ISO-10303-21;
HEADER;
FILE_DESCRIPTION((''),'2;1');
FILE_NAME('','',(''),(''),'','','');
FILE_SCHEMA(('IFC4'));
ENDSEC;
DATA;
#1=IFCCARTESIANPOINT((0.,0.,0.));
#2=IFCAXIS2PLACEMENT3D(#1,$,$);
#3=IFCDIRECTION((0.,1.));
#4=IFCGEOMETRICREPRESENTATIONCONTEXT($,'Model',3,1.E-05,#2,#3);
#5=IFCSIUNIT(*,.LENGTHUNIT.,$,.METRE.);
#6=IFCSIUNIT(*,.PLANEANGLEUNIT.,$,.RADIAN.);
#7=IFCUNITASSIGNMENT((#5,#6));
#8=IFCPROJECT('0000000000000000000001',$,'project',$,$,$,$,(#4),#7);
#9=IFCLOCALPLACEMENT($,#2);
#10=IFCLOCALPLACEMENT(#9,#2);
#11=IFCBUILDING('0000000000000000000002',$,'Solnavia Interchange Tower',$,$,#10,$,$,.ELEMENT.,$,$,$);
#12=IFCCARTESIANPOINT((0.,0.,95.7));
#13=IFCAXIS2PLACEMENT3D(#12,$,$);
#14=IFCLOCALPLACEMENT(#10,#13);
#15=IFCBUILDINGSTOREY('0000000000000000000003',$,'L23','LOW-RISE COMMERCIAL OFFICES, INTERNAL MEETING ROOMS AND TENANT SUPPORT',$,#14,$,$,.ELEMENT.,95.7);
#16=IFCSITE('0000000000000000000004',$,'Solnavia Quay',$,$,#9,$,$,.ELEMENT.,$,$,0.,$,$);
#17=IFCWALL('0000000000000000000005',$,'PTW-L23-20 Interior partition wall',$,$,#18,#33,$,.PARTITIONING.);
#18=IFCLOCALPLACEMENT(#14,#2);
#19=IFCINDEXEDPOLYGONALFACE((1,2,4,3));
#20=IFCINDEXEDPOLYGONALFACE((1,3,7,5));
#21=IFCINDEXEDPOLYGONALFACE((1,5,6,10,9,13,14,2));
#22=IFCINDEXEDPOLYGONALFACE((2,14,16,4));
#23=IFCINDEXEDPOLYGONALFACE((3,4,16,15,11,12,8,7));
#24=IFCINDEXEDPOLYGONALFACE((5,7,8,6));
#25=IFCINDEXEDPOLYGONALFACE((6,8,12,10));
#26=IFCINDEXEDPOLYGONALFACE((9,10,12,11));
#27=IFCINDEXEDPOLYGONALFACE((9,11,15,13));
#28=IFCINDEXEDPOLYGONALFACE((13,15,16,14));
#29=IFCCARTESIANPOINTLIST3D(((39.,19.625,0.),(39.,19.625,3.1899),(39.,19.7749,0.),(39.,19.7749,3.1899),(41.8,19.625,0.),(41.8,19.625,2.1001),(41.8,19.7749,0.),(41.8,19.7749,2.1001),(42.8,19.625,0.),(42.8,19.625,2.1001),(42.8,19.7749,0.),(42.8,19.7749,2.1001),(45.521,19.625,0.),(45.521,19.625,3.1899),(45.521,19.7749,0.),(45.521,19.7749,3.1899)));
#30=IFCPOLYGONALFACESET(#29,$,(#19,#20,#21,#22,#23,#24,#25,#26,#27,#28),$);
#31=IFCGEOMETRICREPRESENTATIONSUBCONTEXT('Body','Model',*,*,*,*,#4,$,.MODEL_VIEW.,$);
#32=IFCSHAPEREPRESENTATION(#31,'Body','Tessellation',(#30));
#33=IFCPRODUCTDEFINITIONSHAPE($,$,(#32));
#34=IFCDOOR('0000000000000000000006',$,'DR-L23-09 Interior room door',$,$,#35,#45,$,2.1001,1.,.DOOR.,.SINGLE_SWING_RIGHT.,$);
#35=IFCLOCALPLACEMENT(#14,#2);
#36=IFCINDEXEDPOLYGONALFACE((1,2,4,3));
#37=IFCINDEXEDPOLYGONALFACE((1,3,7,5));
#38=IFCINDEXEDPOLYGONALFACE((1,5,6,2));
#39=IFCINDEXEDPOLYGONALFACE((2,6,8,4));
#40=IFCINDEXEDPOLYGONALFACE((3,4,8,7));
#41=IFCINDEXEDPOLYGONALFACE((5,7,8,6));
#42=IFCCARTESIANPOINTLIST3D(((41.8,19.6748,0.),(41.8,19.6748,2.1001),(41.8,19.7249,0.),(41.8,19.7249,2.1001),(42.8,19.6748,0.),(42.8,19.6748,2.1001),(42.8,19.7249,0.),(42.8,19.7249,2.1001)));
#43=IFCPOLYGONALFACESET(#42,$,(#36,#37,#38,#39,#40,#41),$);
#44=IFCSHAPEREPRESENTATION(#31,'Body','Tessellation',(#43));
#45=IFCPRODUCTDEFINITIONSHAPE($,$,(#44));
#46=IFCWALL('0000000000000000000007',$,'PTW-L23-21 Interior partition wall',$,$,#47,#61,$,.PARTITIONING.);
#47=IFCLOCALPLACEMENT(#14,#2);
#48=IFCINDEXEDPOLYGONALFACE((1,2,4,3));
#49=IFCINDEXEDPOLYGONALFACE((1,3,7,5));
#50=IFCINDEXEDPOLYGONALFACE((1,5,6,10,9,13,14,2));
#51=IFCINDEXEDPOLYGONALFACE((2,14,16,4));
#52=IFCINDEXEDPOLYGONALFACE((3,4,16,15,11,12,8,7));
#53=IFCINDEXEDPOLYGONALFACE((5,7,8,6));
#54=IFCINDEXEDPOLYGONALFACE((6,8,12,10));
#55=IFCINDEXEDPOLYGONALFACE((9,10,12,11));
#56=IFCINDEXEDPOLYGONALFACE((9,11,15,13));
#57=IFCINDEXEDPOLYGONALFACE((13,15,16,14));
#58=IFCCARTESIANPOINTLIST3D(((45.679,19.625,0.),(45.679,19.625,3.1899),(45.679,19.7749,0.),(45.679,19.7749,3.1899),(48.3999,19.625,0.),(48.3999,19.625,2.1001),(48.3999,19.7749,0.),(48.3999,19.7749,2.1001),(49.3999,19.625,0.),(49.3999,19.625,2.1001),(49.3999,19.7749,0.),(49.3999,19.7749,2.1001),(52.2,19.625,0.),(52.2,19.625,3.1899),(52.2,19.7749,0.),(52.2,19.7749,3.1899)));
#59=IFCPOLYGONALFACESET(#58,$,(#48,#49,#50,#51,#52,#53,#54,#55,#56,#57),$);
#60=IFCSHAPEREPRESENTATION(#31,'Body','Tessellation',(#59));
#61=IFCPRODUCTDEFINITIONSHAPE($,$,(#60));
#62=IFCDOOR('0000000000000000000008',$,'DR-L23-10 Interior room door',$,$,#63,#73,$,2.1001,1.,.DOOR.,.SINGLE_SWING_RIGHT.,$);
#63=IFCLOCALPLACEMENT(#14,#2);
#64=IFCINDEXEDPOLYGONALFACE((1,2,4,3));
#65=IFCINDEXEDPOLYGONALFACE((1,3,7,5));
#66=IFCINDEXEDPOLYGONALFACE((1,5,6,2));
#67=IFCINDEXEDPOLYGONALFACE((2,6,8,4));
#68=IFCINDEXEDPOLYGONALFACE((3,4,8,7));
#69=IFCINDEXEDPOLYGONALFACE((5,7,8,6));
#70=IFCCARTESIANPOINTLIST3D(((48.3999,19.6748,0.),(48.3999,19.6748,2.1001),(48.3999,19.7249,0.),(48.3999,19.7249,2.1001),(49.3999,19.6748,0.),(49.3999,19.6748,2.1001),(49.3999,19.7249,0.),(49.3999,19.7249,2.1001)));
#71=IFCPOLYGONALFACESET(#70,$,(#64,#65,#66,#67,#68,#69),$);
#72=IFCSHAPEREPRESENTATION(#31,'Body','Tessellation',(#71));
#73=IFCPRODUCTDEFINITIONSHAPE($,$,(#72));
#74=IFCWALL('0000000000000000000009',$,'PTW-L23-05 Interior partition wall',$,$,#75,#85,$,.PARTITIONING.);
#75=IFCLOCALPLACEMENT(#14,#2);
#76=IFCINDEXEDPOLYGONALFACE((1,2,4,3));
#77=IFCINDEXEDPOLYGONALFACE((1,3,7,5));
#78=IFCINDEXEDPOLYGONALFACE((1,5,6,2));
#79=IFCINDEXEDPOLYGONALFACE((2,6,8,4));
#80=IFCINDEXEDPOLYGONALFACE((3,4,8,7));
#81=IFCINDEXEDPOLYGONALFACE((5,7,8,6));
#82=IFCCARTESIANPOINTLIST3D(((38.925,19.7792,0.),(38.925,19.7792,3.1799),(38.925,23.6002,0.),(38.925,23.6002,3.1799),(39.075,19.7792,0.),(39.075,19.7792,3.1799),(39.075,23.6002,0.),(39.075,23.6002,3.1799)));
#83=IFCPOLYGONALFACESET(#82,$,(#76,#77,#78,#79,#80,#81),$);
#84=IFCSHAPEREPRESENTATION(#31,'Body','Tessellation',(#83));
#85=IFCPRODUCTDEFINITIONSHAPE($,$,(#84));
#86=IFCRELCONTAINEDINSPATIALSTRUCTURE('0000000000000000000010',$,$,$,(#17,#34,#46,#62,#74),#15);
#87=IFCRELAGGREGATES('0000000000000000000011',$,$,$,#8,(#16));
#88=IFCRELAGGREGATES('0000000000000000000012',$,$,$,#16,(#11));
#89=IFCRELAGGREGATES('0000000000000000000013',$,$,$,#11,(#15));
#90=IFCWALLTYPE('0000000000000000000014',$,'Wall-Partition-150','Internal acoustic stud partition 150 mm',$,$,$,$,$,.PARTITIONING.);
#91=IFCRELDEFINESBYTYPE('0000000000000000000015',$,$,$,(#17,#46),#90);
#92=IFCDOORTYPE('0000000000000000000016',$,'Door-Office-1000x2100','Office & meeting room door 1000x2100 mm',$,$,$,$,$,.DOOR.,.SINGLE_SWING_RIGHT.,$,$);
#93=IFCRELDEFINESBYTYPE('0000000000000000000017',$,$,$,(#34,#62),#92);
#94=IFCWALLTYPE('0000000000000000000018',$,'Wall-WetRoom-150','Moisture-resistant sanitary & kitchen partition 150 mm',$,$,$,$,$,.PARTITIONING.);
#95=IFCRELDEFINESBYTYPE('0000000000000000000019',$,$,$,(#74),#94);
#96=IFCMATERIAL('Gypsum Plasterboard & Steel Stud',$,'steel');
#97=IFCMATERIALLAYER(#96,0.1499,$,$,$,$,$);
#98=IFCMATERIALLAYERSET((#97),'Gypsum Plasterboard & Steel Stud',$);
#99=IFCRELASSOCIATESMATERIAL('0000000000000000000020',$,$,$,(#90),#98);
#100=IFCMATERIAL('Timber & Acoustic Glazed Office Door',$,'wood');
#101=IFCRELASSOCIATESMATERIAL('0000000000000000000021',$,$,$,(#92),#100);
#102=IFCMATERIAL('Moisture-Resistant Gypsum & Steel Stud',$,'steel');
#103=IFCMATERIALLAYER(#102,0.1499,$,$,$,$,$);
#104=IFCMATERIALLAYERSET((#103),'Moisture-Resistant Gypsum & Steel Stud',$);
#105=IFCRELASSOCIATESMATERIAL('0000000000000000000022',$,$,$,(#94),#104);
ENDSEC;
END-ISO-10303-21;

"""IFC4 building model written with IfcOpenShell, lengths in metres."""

from ifc_helpers import new_model, si_unit, direction, frame, frame_2d, origin, place, context, subcontext, project, spatial, rectangle, extrude, material, layer, layer_set, type_object, element, fill, save


model = new_model("IFC4")

# Units and contexts
model_context = context("Model", 3, precision=1e-05, world=origin(), true_north=direction((0.0, 1.0)))
body_context = subcontext(model_context, "Body", "Model", "MODEL_VIEW")
ifc_project = project(units=[si_unit("LENGTHUNIT", "METRE"), si_unit("PLANEANGLEUNIT", "RADIAN")], contexts=[model_context])

# Site, building, storey
site_placement = place(None, origin())
site = spatial("IfcSite", under=ifc_project, at=site_placement, Name="Solnavia Quay", CompositionType="ELEMENT", RefElevation=0.0)
building_placement = place(site_placement, origin())
building = spatial("IfcBuilding", under=site, at=building_placement, Name="Solnavia Interchange Tower", CompositionType="ELEMENT")
storey_placement = place(building_placement, frame((0.0, 0.0, 95.7)))
storey = spatial("IfcBuildingStorey", under=building, at=storey_placement, Name="L23", Description="LOW-RISE COMMERCIAL OFFICES, INTERNAL MEETING ROOMS AND TENANT SUPPORT", CompositionType="ELEMENT", Elevation=95.7)

# Shared definitions
ifc_material_1 = material(Name="Gypsum Plasterboard & Steel Stud", Category="steel")
ifc_layer_1 = layer(ifc_material_1, 0.1499)
ifc_layer_set_1 = layer_set([ifc_layer_1], Name="Gypsum Plasterboard & Steel Stud")
wall_type_1 = type_object("IfcWallType", Name="Wall-Partition-150", Description="Internal acoustic stud partition 150 mm", PredefinedType="PARTITIONING", material=ifc_layer_set_1)
ifc_material_2 = material(Name="Timber & Acoustic Glazed Office Door", Category="wood")
door_type = type_object("IfcDoorType", Name="Door-Office-1000x2100", Description="Office & meeting room door 1000x2100 mm", OperationType="SINGLE_SWING_RIGHT", PredefinedType="DOOR", material=ifc_material_2)

# Walls, openings, doors
wall_1_placement = place(storey_placement, frame((39.0, 19.7, 0.0), z_axis=(0.0, 0.0, 1.0), x_axis=(1.0, 0.0, 0.0)))
wall_1 = element("IfcWall", 1, at=wall_1_placement, inside=storey, type_object=wall_type_1, Name="PTW-L23-20 Interior partition wall", PredefinedType="PARTITIONING", context=body_context, shape_type="SweptSolid", body=[
    extrude(rectangle(XDim=6.521, YDim=0.1499, at=frame_2d((3.2605, 0.0))), origin(), (0.0, 0.0, 1.0), 3.1899),
])
opening_1_placement = place(wall_1_placement, frame((2.8, 0.0, 0.0)))
opening_1 = element("IfcOpeningElement", 2, at=opening_1_placement, cuts=wall_1, PredefinedType="OPENING", context=body_context, shape_type="SweptSolid", body=[
    extrude(rectangle(XDim=1.0, YDim=2.1001, at=frame_2d((0.5, 1.05))), frame((0.0, 0.085, 0.0), z_axis=(0.0, -1.0, 0.0), x_axis=(1.0, 0.0, 0.0)), (0.0, 0.0, 1.0), 0.1699),
])
door_1_placement = place(opening_1_placement, origin())
door_1 = element("IfcDoor", 3, at=door_1_placement, inside=storey, type_object=door_type, Name="DR-L23-09 Interior room door", OperationType="SINGLE_SWING_RIGHT", OverallHeight=2.1001, OverallWidth=1.0, PredefinedType="DOOR", context=body_context, shape_type="SweptSolid", body=[
    extrude(rectangle(XDim=1.0, YDim=2.1001, at=frame_2d((0.5, 1.05))), frame((0.0, 0.0249, 0.0), z_axis=(0.0, -1.0, 0.0), x_axis=(1.0, 0.0, 0.0)), (0.0, 0.0, 1.0), 0.05),
])
fill(opening_1, door_1)
wall_2_placement = place(storey_placement, frame((45.679, 19.7, 0.0), z_axis=(0.0, 0.0, 1.0), x_axis=(1.0, 0.0, 0.0)))
wall_2 = element("IfcWall", 4, at=wall_2_placement, inside=storey, type_object=wall_type_1, Name="PTW-L23-21 Interior partition wall", PredefinedType="PARTITIONING", context=body_context, shape_type="SweptSolid", body=[
    extrude(rectangle(XDim=6.521, YDim=0.1499, at=frame_2d((3.2605, 0.0))), origin(), (0.0, 0.0, 1.0), 3.1899),
])
opening_2_placement = place(wall_2_placement, frame((2.7209, 0.0, 0.0)))
opening_2 = element("IfcOpeningElement", 5, at=opening_2_placement, cuts=wall_2, PredefinedType="OPENING", context=body_context, shape_type="SweptSolid", body=[
    extrude(rectangle(XDim=1.0, YDim=2.1001, at=frame_2d((0.5, 1.05))), frame((0.0, 0.085, 0.0), z_axis=(0.0, -1.0, 0.0), x_axis=(1.0, 0.0, 0.0)), (0.0, 0.0, 1.0), 0.1699),
])
door_2_placement = place(opening_2_placement, origin())
door_2 = element("IfcDoor", 6, at=door_2_placement, inside=storey, type_object=door_type, Name="DR-L23-10 Interior room door", OperationType="SINGLE_SWING_RIGHT", OverallHeight=2.1001, OverallWidth=1.0, PredefinedType="DOOR", context=body_context, shape_type="SweptSolid", body=[
    extrude(rectangle(XDim=1.0, YDim=2.1001, at=frame_2d((0.5, 1.05))), frame((0.0, 0.0249, 0.0), z_axis=(0.0, -1.0, 0.0), x_axis=(1.0, 0.0, 0.0)), (0.0, 0.0, 1.0), 0.05),
])
fill(opening_2, door_2)

# Wall
ifc_material_3 = material(Name="Moisture-Resistant Gypsum & Steel Stud", Category="steel")
ifc_layer_2 = layer(ifc_material_3, 0.1499)
ifc_layer_set_2 = layer_set([ifc_layer_2], Name="Moisture-Resistant Gypsum & Steel Stud")
wall_type_2 = type_object("IfcWallType", Name="Wall-WetRoom-150", Description="Moisture-resistant sanitary & kitchen partition 150 mm", PredefinedType="PARTITIONING", material=ifc_layer_set_2)
wall_3_placement = place(storey_placement, frame((39.0, 19.7791, 0.0), z_axis=(0.0, 0.0, 1.0), x_axis=(0.0, 1.0, 0.0)))
element("IfcWall", 7, at=wall_3_placement, inside=storey, type_object=wall_type_2, Name="PTW-L23-05 Interior partition wall", PredefinedType="PARTITIONING", context=body_context, shape_type="SweptSolid", body=[
    extrude(rectangle(XDim=3.821, YDim=0.1499, at=frame_2d((1.9106, 0.0))), origin(), (0.0, 0.0, 1.0), 3.1799),
])

save(model, "model.ifc")
